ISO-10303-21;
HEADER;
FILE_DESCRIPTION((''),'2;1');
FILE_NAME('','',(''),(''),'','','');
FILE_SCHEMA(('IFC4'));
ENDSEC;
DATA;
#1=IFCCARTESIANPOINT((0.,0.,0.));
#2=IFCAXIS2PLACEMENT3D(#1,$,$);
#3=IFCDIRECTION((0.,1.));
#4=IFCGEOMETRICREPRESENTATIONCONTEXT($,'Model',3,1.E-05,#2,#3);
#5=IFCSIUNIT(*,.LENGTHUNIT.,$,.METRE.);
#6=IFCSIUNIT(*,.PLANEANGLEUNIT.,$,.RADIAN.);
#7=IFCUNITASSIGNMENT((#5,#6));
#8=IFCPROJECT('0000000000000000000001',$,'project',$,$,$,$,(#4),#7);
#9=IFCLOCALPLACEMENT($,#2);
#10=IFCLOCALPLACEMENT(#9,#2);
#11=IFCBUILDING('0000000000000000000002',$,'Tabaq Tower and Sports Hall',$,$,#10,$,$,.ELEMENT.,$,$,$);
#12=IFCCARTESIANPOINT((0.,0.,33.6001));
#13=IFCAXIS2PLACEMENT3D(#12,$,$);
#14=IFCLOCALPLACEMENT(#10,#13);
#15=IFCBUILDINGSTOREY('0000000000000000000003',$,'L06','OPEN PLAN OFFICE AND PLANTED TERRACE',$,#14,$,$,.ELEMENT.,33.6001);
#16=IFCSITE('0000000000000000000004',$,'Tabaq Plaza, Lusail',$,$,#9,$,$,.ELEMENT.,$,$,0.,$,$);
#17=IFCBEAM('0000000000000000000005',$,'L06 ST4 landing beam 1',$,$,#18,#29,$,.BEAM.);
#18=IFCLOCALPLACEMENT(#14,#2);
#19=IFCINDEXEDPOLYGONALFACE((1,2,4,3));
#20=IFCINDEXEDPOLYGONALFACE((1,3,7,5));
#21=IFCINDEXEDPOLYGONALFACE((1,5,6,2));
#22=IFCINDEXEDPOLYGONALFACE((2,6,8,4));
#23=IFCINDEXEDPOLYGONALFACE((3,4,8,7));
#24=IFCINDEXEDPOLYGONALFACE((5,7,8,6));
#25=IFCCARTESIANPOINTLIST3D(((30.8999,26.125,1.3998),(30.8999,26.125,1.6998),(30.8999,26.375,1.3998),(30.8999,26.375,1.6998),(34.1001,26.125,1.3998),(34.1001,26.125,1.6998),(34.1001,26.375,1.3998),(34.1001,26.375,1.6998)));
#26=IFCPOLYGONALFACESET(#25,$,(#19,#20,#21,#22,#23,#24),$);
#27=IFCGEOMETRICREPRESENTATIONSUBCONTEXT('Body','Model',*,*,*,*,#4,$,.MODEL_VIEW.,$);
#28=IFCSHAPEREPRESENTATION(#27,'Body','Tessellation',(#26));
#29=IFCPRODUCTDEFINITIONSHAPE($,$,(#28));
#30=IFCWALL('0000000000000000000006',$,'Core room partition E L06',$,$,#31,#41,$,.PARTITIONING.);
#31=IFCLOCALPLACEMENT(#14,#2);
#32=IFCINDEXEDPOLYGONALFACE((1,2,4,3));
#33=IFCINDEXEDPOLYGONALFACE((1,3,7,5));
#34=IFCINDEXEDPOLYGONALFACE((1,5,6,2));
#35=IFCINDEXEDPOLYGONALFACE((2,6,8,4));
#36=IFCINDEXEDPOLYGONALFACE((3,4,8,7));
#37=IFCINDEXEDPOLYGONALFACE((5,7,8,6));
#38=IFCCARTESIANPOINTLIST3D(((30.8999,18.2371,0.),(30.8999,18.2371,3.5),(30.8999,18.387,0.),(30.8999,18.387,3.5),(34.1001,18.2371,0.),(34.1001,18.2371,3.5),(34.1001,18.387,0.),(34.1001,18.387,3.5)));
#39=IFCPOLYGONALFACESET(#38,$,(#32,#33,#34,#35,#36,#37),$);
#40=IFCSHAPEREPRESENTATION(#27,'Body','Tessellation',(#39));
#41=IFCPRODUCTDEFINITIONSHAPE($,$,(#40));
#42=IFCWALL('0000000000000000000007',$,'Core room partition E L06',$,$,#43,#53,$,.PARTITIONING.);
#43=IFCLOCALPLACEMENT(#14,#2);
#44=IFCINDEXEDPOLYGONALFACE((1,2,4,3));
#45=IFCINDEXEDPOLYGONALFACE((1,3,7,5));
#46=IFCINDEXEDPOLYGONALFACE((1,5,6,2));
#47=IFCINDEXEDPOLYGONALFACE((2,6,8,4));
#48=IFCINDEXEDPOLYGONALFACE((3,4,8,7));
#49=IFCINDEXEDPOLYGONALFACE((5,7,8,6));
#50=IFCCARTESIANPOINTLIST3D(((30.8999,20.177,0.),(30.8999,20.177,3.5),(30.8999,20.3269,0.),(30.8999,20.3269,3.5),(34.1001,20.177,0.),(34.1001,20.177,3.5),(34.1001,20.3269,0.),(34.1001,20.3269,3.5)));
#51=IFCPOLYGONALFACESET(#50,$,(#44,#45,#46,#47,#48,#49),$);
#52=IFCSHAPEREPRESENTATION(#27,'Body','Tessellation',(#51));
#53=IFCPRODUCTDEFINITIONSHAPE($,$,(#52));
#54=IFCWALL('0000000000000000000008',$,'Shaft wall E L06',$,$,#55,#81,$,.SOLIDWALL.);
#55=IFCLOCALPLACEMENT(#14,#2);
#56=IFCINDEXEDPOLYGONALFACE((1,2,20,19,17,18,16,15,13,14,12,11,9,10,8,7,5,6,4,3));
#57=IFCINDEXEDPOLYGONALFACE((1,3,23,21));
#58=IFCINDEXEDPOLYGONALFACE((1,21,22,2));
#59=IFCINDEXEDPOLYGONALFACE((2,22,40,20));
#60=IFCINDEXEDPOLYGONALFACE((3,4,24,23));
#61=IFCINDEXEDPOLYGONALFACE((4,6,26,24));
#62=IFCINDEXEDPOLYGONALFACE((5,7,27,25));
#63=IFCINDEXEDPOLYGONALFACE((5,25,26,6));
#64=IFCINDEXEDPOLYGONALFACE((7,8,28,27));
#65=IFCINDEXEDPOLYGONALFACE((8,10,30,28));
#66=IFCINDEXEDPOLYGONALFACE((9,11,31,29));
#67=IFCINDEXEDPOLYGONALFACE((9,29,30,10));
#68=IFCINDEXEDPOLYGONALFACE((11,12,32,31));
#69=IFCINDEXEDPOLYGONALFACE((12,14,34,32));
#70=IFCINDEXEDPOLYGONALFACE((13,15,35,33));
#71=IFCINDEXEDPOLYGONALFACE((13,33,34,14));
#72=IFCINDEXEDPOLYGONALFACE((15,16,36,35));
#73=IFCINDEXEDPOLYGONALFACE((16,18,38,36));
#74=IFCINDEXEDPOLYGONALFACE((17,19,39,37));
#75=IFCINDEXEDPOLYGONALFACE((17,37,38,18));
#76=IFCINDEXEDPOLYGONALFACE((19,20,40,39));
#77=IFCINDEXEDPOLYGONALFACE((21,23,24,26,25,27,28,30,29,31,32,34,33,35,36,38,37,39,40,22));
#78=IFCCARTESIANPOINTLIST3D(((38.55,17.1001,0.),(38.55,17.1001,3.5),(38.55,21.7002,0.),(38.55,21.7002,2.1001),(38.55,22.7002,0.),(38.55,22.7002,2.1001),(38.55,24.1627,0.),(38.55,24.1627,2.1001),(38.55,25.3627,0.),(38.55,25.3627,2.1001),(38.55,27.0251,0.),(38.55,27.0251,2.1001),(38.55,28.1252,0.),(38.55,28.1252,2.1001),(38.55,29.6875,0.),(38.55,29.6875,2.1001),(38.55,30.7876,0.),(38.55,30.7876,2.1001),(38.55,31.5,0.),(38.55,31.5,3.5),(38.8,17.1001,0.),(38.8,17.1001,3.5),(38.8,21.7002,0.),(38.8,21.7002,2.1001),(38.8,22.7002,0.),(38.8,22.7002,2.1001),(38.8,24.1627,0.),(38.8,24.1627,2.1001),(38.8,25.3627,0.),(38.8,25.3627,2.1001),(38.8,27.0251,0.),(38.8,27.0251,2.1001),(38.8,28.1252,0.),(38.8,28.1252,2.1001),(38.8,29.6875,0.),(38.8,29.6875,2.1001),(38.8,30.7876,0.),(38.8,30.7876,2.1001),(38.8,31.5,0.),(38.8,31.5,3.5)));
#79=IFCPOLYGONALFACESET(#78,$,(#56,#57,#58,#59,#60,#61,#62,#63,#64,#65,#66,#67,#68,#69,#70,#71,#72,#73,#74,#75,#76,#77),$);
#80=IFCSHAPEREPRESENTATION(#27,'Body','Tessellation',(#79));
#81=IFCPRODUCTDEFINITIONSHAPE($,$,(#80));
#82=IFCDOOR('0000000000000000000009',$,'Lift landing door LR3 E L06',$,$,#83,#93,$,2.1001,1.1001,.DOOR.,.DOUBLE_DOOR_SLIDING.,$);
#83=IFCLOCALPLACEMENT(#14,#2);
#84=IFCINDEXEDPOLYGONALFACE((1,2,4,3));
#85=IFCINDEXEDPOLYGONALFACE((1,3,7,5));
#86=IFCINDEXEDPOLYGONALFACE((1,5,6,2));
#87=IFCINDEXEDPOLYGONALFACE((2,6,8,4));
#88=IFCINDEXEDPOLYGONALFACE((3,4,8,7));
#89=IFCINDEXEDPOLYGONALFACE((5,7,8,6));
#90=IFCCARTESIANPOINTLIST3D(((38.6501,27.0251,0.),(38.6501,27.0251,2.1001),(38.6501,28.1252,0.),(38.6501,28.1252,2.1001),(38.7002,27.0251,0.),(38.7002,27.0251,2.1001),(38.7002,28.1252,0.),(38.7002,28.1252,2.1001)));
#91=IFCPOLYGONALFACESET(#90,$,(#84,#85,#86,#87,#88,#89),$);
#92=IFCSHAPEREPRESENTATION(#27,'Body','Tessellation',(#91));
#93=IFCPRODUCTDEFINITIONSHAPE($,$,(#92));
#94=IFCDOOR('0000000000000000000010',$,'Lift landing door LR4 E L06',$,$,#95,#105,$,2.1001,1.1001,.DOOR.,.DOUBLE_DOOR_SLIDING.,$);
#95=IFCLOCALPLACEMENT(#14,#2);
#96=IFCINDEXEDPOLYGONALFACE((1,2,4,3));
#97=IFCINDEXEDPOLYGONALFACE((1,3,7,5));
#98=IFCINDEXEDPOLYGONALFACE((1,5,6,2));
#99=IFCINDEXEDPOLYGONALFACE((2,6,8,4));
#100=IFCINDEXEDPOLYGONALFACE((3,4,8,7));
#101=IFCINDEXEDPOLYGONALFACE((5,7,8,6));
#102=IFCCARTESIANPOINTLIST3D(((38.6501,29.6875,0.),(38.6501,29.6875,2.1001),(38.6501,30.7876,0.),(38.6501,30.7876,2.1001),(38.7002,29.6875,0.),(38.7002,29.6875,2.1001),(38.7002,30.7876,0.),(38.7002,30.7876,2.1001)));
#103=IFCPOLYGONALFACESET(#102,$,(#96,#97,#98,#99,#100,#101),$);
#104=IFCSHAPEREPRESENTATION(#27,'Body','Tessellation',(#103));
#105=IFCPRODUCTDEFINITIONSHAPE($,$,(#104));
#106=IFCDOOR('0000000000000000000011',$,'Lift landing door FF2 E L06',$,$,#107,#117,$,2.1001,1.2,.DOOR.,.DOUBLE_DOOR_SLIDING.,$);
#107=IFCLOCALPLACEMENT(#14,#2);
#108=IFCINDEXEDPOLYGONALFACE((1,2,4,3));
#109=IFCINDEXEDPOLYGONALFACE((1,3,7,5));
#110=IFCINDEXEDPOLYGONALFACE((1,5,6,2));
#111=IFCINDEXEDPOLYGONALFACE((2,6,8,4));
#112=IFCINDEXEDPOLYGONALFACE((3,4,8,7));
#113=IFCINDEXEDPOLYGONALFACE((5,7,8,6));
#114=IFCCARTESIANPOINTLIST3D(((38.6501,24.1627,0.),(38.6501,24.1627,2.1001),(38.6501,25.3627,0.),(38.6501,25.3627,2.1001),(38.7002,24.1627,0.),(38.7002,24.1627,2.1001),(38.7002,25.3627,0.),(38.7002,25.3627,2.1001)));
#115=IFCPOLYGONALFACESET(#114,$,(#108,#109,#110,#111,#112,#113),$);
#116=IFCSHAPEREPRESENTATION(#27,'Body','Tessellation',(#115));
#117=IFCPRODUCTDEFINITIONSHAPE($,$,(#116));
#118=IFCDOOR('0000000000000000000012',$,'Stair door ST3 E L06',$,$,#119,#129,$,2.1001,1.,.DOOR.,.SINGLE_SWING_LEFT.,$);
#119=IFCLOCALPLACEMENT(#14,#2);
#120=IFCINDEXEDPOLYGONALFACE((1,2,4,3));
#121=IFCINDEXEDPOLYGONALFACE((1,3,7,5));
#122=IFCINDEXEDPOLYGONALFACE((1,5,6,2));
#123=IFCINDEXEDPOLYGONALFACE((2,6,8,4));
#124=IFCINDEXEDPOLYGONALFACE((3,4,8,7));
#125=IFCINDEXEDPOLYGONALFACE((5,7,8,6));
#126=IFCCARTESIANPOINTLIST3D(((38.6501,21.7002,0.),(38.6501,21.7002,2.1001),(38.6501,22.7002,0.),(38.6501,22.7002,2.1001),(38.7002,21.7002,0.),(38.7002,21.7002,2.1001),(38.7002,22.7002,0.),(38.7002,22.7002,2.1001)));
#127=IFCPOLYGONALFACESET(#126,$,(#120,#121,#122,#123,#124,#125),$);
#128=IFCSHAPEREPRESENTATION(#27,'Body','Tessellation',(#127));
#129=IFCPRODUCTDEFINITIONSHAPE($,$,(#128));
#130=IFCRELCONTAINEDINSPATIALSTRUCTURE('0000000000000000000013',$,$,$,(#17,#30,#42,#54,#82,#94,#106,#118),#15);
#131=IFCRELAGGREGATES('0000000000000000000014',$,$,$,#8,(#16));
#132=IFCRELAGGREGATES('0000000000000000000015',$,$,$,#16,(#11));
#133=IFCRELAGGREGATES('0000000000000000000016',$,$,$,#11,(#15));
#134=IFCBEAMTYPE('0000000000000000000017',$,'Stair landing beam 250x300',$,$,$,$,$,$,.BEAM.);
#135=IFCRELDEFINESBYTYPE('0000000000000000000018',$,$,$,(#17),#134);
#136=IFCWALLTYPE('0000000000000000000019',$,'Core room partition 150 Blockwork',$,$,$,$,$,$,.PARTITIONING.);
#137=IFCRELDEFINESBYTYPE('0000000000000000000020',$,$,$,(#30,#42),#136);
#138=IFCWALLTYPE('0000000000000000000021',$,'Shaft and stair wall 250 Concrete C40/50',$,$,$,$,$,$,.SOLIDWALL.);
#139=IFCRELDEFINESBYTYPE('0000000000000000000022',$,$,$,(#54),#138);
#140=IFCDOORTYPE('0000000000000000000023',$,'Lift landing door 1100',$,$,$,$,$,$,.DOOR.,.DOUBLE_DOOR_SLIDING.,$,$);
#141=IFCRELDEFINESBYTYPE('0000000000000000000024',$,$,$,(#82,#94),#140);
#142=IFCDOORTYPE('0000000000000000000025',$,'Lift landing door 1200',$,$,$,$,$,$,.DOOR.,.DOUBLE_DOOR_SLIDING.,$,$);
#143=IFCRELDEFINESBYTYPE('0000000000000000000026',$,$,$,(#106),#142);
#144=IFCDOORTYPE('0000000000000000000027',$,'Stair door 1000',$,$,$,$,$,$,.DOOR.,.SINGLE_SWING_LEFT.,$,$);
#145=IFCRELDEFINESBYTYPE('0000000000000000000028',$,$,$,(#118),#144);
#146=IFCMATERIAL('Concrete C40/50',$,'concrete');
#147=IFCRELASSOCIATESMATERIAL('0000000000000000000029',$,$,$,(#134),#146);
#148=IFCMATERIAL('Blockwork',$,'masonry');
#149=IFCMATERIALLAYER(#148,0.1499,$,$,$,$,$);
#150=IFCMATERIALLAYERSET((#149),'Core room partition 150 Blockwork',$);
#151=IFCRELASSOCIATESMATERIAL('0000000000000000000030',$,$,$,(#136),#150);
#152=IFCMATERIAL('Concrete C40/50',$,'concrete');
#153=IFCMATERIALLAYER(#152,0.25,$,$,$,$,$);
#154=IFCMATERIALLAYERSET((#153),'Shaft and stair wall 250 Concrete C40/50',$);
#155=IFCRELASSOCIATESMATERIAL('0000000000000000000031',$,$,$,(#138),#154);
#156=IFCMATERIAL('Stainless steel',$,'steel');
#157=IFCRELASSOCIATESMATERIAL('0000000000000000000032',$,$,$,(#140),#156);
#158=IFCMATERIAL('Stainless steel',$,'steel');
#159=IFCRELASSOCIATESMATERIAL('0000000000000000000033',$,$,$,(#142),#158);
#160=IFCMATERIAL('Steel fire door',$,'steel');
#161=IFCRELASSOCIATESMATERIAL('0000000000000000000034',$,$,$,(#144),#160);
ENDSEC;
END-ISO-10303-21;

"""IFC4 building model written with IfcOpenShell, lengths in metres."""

from ifc_helpers import new_model, si_unit, direction, frame, frame_2d, origin, origin_2d, place, context, subcontext, project, spatial, rectangle, extrude, material, layer, layer_set, material_profile, profile_set, type_object, element, fill, save


model = new_model("IFC4")

# Units and contexts
model_context = context("Model", 3, precision=1e-05, world=origin(), true_north=direction((0.0, 1.0)))
body_context = subcontext(model_context, "Body", "Model", "MODEL_VIEW")
ifc_project = project(units=[si_unit("LENGTHUNIT", "METRE"), si_unit("PLANEANGLEUNIT", "RADIAN")], contexts=[model_context])

# Site, building, storey
site_placement = place(None, origin())
site = spatial("IfcSite", under=ifc_project, at=site_placement, Name="Tabaq Plaza, Lusail", CompositionType="ELEMENT", RefElevation=0.0)
building_placement = place(site_placement, origin())
building = spatial("IfcBuilding", under=site, at=building_placement, Name="Tabaq Tower and Sports Hall", CompositionType="ELEMENT")
storey_placement = place(building_placement, frame((0.0, 0.0, 33.6001)))
storey = spatial("IfcBuildingStorey", under=building, at=storey_placement, Name="L06", Description="OPEN PLAN OFFICE AND PLANTED TERRACE", CompositionType="ELEMENT", Elevation=33.6001)

# Beam
ifc_material_1 = material(Name="Concrete C40/50", Category="concrete")
ifc_material_profile = material_profile(ifc_material_1, rectangle(XDim=0.25, YDim=0.3, at=origin_2d()), Name="RC 250x300")
ifc_profile_set = profile_set([ifc_material_profile], Name="Concrete C40/50")
beam_type = type_object("IfcBeamType", Name="Stair landing beam 250x300", PredefinedType="BEAM", material=ifc_profile_set)
beam_placement = place(storey_placement, frame((30.8999, 26.25, 1.5498), z_axis=(1.0, 0.0, 0.0), x_axis=(0.0, 1.0, 0.0)))
element("IfcBeam", 1, at=beam_placement, inside=storey, type_object=beam_type, Name="L06 ST4 landing beam 1", PredefinedType="BEAM", context=body_context, shape_type="SweptSolid", body=[
    extrude(rectangle(XDim=0.25, YDim=0.3, at=origin_2d()), origin(), (0.0, 0.0, 1.0), 3.2002),
])

# Walls
ifc_material_2 = material(Name="Blockwork", Category="masonry")
ifc_layer_1 = layer(ifc_material_2, 0.1499)
ifc_layer_set_1 = layer_set([ifc_layer_1], Name="Core room partition 150 Blockwork")
wall_type_1 = type_object("IfcWallType", Name="Core room partition 150 Blockwork", PredefinedType="PARTITIONING", material=ifc_layer_set_1)
for number, where, z_axis, x_axis, name in (
    (2, (30.8999, 18.312, 0.0), (0.0, 0.0, 1.0), (1.0, 0.0, 0.0), "Core room partition E L06"),
    (3, (30.8999, 20.252, 0.0), (0.0, 0.0, 1.0), (1.0, 0.0, 0.0), "Core room partition E L06"),
):
    element("IfcWall", number, at=place(storey_placement, frame(where, z_axis=z_axis, x_axis=x_axis)), inside=storey, type_object=wall_type_1, Name=name, PredefinedType="PARTITIONING", context=body_context, shape_type="SweptSolid", body=[
        extrude(rectangle(XDim=3.2002, YDim=0.1499, at=frame_2d((1.6001, 0.0))), origin(), (0.0, 0.0, 1.0), 3.5),
    ])

# Wall, openings, doors
ifc_material_3 = material(Name="Concrete C40/50", Category="concrete")
ifc_layer_2 = layer(ifc_material_3, 0.25)
ifc_layer_set_2 = layer_set([ifc_layer_2], Name="Shaft and stair wall 250 Concrete C40/50")
wall_type_2 = type_object("IfcWallType", Name="Shaft and stair wall 250 Concrete C40/50", PredefinedType="SOLIDWALL", material=ifc_layer_set_2)
wall_1_placement = place(storey_placement, frame((38.675, 17.1001, 0.0), z_axis=(0.0, 0.0, 1.0), x_axis=(0.0, 1.0, 0.0)))
wall_1 = element("IfcWall", 4, at=wall_1_placement, inside=storey, type_object=wall_type_2, Name="Shaft wall E L06", PredefinedType="SOLIDWALL", context=body_context, shape_type="SweptSolid", body=[
    extrude(rectangle(XDim=14.3999, YDim=0.25, at=frame_2d((7.2, 0.0))), origin(), (0.0, 0.0, 1.0), 3.5),
])
opening_1_placement = place(wall_1_placement, frame((4.6001, 0.0, 0.0)))
opening_1 = element("IfcOpeningElement", 5, at=opening_1_placement, cuts=wall_1, PredefinedType="OPENING", context=body_context, shape_type="SweptSolid", body=[
    extrude(rectangle(XDim=1.0, YDim=2.1001, at=frame_2d((0.5, 1.05))), frame((0.0, 0.125, 0.0), z_axis=(0.0, -1.0, 0.0), x_axis=(1.0, 0.0, 0.0)), (0.0, 0.0, 1.0), 0.25),
])
opening_2_placement = place(wall_1_placement, frame((7.0625, 0.0, 0.0)))
opening_2 = element("IfcOpeningElement", 6, at=opening_2_placement, cuts=wall_1, PredefinedType="OPENING", context=body_context, shape_type="SweptSolid", body=[
    extrude(rectangle(XDim=1.2, YDim=2.1001, at=frame_2d((0.6001, 1.05))), frame((0.0, 0.125, 0.0), z_axis=(0.0, -1.0, 0.0), x_axis=(1.0, 0.0, 0.0)), (0.0, 0.0, 1.0), 0.25),
])
opening_3_placement = place(wall_1_placement, frame((9.925, 0.0, 0.0)))
opening_3 = element("IfcOpeningElement", 7, at=opening_3_placement, cuts=wall_1, PredefinedType="OPENING", context=body_context, shape_type="SweptSolid", body=[
    extrude(rectangle(XDim=1.1001, YDim=2.1001, at=frame_2d((0.55, 1.05))), frame((0.0, 0.125, 0.0), z_axis=(0.0, -1.0, 0.0), x_axis=(1.0, 0.0, 0.0)), (0.0, 0.0, 1.0), 0.25),
])
opening_4_placement = place(wall_1_placement, frame((12.5874, 0.0, 0.0)))
opening_4 = element("IfcOpeningElement", 8, at=opening_4_placement, cuts=wall_1, PredefinedType="OPENING", context=body_context, shape_type="SweptSolid", body=[
    extrude(rectangle(XDim=1.1001, YDim=2.1001, at=frame_2d((0.55, 1.05))), frame((0.0, 0.125, 0.0), z_axis=(0.0, -1.0, 0.0), x_axis=(1.0, 0.0, 0.0)), (0.0, 0.0, 1.0), 0.25),
])
ifc_material_4 = material(Name="Stainless steel", Category="steel")
door_type_1 = type_object("IfcDoorType", Name="Lift landing door 1100", OperationType="DOUBLE_DOOR_SLIDING", PredefinedType="DOOR", material=ifc_material_4)
door_1_placement = place(opening_3_placement, origin())
door_1 = element("IfcDoor", 9, at=door_1_placement, inside=storey, type_object=door_type_1, Name="Lift landing door LR3 E L06", OperationType="DOUBLE_DOOR_SLIDING", OverallHeight=2.1001, OverallWidth=1.1001, PredefinedType="DOOR", context=body_context, shape_type="SweptSolid", body=[
    extrude(rectangle(XDim=1.1001, YDim=2.1001, at=frame_2d((0.55, 1.05))), frame((0.0, 0.0249, 0.0), z_axis=(0.0, -1.0, 0.0), x_axis=(1.0, 0.0, 0.0)), (0.0, 0.0, 1.0), 0.05),
])
fill(opening_3, door_1)
door_2_placement = place(opening_4_placement, origin())
door_2 = element("IfcDoor", 10, at=door_2_placement, inside=storey, type_object=door_type_1, Name="Lift landing door LR4 E L06", OperationType="DOUBLE_DOOR_SLIDING", OverallHeight=2.1001, OverallWidth=1.1001, PredefinedType="DOOR", context=body_context, shape_type="SweptSolid", body=[
    extrude(rectangle(XDim=1.1001, YDim=2.1001, at=frame_2d((0.55, 1.05))), frame((0.0, 0.0249, 0.0), z_axis=(0.0, -1.0, 0.0), x_axis=(1.0, 0.0, 0.0)), (0.0, 0.0, 1.0), 0.05),
])
fill(opening_4, door_2)
ifc_material_5 = material(Name="Stainless steel", Category="steel")
door_type_2 = type_object("IfcDoorType", Name="Lift landing door 1200", OperationType="DOUBLE_DOOR_SLIDING", PredefinedType="DOOR", material=ifc_material_5)
door_3_placement = place(opening_2_placement, origin())
door_3 = element("IfcDoor", 11, at=door_3_placement, inside=storey, type_object=door_type_2, Name="Lift landing door FF2 E L06", OperationType="DOUBLE_DOOR_SLIDING", OverallHeight=2.1001, OverallWidth=1.2, PredefinedType="DOOR", context=body_context, shape_type="SweptSolid", body=[
    extrude(rectangle(XDim=1.2, YDim=2.1001, at=frame_2d((0.6001, 1.05))), frame((0.0, 0.0249, 0.0), z_axis=(0.0, -1.0, 0.0), x_axis=(1.0, 0.0, 0.0)), (0.0, 0.0, 1.0), 0.05),
])
fill(opening_2, door_3)
ifc_material_6 = material(Name="Steel fire door", Category="steel")
door_type_3 = type_object("IfcDoorType", Name="Stair door 1000", OperationType="SINGLE_SWING_LEFT", PredefinedType="DOOR", material=ifc_material_6)
door_4_placement = place(opening_1_placement, origin())
door_4 = element("IfcDoor", 12, at=door_4_placement, inside=storey, type_object=door_type_3, Name="Stair door ST3 E L06", OperationType="SINGLE_SWING_LEFT", OverallHeight=2.1001, OverallWidth=1.0, PredefinedType="DOOR", context=body_context, shape_type="SweptSolid", body=[
    extrude(rectangle(XDim=1.0, YDim=2.1001, at=frame_2d((0.5, 1.05))), frame((0.0, 0.0249, 0.0), z_axis=(0.0, -1.0, 0.0), x_axis=(1.0, 0.0, 0.0)), (0.0, 0.0, 1.0), 0.05),
])
fill(opening_1, door_4)

save(model, "model.ifc")
